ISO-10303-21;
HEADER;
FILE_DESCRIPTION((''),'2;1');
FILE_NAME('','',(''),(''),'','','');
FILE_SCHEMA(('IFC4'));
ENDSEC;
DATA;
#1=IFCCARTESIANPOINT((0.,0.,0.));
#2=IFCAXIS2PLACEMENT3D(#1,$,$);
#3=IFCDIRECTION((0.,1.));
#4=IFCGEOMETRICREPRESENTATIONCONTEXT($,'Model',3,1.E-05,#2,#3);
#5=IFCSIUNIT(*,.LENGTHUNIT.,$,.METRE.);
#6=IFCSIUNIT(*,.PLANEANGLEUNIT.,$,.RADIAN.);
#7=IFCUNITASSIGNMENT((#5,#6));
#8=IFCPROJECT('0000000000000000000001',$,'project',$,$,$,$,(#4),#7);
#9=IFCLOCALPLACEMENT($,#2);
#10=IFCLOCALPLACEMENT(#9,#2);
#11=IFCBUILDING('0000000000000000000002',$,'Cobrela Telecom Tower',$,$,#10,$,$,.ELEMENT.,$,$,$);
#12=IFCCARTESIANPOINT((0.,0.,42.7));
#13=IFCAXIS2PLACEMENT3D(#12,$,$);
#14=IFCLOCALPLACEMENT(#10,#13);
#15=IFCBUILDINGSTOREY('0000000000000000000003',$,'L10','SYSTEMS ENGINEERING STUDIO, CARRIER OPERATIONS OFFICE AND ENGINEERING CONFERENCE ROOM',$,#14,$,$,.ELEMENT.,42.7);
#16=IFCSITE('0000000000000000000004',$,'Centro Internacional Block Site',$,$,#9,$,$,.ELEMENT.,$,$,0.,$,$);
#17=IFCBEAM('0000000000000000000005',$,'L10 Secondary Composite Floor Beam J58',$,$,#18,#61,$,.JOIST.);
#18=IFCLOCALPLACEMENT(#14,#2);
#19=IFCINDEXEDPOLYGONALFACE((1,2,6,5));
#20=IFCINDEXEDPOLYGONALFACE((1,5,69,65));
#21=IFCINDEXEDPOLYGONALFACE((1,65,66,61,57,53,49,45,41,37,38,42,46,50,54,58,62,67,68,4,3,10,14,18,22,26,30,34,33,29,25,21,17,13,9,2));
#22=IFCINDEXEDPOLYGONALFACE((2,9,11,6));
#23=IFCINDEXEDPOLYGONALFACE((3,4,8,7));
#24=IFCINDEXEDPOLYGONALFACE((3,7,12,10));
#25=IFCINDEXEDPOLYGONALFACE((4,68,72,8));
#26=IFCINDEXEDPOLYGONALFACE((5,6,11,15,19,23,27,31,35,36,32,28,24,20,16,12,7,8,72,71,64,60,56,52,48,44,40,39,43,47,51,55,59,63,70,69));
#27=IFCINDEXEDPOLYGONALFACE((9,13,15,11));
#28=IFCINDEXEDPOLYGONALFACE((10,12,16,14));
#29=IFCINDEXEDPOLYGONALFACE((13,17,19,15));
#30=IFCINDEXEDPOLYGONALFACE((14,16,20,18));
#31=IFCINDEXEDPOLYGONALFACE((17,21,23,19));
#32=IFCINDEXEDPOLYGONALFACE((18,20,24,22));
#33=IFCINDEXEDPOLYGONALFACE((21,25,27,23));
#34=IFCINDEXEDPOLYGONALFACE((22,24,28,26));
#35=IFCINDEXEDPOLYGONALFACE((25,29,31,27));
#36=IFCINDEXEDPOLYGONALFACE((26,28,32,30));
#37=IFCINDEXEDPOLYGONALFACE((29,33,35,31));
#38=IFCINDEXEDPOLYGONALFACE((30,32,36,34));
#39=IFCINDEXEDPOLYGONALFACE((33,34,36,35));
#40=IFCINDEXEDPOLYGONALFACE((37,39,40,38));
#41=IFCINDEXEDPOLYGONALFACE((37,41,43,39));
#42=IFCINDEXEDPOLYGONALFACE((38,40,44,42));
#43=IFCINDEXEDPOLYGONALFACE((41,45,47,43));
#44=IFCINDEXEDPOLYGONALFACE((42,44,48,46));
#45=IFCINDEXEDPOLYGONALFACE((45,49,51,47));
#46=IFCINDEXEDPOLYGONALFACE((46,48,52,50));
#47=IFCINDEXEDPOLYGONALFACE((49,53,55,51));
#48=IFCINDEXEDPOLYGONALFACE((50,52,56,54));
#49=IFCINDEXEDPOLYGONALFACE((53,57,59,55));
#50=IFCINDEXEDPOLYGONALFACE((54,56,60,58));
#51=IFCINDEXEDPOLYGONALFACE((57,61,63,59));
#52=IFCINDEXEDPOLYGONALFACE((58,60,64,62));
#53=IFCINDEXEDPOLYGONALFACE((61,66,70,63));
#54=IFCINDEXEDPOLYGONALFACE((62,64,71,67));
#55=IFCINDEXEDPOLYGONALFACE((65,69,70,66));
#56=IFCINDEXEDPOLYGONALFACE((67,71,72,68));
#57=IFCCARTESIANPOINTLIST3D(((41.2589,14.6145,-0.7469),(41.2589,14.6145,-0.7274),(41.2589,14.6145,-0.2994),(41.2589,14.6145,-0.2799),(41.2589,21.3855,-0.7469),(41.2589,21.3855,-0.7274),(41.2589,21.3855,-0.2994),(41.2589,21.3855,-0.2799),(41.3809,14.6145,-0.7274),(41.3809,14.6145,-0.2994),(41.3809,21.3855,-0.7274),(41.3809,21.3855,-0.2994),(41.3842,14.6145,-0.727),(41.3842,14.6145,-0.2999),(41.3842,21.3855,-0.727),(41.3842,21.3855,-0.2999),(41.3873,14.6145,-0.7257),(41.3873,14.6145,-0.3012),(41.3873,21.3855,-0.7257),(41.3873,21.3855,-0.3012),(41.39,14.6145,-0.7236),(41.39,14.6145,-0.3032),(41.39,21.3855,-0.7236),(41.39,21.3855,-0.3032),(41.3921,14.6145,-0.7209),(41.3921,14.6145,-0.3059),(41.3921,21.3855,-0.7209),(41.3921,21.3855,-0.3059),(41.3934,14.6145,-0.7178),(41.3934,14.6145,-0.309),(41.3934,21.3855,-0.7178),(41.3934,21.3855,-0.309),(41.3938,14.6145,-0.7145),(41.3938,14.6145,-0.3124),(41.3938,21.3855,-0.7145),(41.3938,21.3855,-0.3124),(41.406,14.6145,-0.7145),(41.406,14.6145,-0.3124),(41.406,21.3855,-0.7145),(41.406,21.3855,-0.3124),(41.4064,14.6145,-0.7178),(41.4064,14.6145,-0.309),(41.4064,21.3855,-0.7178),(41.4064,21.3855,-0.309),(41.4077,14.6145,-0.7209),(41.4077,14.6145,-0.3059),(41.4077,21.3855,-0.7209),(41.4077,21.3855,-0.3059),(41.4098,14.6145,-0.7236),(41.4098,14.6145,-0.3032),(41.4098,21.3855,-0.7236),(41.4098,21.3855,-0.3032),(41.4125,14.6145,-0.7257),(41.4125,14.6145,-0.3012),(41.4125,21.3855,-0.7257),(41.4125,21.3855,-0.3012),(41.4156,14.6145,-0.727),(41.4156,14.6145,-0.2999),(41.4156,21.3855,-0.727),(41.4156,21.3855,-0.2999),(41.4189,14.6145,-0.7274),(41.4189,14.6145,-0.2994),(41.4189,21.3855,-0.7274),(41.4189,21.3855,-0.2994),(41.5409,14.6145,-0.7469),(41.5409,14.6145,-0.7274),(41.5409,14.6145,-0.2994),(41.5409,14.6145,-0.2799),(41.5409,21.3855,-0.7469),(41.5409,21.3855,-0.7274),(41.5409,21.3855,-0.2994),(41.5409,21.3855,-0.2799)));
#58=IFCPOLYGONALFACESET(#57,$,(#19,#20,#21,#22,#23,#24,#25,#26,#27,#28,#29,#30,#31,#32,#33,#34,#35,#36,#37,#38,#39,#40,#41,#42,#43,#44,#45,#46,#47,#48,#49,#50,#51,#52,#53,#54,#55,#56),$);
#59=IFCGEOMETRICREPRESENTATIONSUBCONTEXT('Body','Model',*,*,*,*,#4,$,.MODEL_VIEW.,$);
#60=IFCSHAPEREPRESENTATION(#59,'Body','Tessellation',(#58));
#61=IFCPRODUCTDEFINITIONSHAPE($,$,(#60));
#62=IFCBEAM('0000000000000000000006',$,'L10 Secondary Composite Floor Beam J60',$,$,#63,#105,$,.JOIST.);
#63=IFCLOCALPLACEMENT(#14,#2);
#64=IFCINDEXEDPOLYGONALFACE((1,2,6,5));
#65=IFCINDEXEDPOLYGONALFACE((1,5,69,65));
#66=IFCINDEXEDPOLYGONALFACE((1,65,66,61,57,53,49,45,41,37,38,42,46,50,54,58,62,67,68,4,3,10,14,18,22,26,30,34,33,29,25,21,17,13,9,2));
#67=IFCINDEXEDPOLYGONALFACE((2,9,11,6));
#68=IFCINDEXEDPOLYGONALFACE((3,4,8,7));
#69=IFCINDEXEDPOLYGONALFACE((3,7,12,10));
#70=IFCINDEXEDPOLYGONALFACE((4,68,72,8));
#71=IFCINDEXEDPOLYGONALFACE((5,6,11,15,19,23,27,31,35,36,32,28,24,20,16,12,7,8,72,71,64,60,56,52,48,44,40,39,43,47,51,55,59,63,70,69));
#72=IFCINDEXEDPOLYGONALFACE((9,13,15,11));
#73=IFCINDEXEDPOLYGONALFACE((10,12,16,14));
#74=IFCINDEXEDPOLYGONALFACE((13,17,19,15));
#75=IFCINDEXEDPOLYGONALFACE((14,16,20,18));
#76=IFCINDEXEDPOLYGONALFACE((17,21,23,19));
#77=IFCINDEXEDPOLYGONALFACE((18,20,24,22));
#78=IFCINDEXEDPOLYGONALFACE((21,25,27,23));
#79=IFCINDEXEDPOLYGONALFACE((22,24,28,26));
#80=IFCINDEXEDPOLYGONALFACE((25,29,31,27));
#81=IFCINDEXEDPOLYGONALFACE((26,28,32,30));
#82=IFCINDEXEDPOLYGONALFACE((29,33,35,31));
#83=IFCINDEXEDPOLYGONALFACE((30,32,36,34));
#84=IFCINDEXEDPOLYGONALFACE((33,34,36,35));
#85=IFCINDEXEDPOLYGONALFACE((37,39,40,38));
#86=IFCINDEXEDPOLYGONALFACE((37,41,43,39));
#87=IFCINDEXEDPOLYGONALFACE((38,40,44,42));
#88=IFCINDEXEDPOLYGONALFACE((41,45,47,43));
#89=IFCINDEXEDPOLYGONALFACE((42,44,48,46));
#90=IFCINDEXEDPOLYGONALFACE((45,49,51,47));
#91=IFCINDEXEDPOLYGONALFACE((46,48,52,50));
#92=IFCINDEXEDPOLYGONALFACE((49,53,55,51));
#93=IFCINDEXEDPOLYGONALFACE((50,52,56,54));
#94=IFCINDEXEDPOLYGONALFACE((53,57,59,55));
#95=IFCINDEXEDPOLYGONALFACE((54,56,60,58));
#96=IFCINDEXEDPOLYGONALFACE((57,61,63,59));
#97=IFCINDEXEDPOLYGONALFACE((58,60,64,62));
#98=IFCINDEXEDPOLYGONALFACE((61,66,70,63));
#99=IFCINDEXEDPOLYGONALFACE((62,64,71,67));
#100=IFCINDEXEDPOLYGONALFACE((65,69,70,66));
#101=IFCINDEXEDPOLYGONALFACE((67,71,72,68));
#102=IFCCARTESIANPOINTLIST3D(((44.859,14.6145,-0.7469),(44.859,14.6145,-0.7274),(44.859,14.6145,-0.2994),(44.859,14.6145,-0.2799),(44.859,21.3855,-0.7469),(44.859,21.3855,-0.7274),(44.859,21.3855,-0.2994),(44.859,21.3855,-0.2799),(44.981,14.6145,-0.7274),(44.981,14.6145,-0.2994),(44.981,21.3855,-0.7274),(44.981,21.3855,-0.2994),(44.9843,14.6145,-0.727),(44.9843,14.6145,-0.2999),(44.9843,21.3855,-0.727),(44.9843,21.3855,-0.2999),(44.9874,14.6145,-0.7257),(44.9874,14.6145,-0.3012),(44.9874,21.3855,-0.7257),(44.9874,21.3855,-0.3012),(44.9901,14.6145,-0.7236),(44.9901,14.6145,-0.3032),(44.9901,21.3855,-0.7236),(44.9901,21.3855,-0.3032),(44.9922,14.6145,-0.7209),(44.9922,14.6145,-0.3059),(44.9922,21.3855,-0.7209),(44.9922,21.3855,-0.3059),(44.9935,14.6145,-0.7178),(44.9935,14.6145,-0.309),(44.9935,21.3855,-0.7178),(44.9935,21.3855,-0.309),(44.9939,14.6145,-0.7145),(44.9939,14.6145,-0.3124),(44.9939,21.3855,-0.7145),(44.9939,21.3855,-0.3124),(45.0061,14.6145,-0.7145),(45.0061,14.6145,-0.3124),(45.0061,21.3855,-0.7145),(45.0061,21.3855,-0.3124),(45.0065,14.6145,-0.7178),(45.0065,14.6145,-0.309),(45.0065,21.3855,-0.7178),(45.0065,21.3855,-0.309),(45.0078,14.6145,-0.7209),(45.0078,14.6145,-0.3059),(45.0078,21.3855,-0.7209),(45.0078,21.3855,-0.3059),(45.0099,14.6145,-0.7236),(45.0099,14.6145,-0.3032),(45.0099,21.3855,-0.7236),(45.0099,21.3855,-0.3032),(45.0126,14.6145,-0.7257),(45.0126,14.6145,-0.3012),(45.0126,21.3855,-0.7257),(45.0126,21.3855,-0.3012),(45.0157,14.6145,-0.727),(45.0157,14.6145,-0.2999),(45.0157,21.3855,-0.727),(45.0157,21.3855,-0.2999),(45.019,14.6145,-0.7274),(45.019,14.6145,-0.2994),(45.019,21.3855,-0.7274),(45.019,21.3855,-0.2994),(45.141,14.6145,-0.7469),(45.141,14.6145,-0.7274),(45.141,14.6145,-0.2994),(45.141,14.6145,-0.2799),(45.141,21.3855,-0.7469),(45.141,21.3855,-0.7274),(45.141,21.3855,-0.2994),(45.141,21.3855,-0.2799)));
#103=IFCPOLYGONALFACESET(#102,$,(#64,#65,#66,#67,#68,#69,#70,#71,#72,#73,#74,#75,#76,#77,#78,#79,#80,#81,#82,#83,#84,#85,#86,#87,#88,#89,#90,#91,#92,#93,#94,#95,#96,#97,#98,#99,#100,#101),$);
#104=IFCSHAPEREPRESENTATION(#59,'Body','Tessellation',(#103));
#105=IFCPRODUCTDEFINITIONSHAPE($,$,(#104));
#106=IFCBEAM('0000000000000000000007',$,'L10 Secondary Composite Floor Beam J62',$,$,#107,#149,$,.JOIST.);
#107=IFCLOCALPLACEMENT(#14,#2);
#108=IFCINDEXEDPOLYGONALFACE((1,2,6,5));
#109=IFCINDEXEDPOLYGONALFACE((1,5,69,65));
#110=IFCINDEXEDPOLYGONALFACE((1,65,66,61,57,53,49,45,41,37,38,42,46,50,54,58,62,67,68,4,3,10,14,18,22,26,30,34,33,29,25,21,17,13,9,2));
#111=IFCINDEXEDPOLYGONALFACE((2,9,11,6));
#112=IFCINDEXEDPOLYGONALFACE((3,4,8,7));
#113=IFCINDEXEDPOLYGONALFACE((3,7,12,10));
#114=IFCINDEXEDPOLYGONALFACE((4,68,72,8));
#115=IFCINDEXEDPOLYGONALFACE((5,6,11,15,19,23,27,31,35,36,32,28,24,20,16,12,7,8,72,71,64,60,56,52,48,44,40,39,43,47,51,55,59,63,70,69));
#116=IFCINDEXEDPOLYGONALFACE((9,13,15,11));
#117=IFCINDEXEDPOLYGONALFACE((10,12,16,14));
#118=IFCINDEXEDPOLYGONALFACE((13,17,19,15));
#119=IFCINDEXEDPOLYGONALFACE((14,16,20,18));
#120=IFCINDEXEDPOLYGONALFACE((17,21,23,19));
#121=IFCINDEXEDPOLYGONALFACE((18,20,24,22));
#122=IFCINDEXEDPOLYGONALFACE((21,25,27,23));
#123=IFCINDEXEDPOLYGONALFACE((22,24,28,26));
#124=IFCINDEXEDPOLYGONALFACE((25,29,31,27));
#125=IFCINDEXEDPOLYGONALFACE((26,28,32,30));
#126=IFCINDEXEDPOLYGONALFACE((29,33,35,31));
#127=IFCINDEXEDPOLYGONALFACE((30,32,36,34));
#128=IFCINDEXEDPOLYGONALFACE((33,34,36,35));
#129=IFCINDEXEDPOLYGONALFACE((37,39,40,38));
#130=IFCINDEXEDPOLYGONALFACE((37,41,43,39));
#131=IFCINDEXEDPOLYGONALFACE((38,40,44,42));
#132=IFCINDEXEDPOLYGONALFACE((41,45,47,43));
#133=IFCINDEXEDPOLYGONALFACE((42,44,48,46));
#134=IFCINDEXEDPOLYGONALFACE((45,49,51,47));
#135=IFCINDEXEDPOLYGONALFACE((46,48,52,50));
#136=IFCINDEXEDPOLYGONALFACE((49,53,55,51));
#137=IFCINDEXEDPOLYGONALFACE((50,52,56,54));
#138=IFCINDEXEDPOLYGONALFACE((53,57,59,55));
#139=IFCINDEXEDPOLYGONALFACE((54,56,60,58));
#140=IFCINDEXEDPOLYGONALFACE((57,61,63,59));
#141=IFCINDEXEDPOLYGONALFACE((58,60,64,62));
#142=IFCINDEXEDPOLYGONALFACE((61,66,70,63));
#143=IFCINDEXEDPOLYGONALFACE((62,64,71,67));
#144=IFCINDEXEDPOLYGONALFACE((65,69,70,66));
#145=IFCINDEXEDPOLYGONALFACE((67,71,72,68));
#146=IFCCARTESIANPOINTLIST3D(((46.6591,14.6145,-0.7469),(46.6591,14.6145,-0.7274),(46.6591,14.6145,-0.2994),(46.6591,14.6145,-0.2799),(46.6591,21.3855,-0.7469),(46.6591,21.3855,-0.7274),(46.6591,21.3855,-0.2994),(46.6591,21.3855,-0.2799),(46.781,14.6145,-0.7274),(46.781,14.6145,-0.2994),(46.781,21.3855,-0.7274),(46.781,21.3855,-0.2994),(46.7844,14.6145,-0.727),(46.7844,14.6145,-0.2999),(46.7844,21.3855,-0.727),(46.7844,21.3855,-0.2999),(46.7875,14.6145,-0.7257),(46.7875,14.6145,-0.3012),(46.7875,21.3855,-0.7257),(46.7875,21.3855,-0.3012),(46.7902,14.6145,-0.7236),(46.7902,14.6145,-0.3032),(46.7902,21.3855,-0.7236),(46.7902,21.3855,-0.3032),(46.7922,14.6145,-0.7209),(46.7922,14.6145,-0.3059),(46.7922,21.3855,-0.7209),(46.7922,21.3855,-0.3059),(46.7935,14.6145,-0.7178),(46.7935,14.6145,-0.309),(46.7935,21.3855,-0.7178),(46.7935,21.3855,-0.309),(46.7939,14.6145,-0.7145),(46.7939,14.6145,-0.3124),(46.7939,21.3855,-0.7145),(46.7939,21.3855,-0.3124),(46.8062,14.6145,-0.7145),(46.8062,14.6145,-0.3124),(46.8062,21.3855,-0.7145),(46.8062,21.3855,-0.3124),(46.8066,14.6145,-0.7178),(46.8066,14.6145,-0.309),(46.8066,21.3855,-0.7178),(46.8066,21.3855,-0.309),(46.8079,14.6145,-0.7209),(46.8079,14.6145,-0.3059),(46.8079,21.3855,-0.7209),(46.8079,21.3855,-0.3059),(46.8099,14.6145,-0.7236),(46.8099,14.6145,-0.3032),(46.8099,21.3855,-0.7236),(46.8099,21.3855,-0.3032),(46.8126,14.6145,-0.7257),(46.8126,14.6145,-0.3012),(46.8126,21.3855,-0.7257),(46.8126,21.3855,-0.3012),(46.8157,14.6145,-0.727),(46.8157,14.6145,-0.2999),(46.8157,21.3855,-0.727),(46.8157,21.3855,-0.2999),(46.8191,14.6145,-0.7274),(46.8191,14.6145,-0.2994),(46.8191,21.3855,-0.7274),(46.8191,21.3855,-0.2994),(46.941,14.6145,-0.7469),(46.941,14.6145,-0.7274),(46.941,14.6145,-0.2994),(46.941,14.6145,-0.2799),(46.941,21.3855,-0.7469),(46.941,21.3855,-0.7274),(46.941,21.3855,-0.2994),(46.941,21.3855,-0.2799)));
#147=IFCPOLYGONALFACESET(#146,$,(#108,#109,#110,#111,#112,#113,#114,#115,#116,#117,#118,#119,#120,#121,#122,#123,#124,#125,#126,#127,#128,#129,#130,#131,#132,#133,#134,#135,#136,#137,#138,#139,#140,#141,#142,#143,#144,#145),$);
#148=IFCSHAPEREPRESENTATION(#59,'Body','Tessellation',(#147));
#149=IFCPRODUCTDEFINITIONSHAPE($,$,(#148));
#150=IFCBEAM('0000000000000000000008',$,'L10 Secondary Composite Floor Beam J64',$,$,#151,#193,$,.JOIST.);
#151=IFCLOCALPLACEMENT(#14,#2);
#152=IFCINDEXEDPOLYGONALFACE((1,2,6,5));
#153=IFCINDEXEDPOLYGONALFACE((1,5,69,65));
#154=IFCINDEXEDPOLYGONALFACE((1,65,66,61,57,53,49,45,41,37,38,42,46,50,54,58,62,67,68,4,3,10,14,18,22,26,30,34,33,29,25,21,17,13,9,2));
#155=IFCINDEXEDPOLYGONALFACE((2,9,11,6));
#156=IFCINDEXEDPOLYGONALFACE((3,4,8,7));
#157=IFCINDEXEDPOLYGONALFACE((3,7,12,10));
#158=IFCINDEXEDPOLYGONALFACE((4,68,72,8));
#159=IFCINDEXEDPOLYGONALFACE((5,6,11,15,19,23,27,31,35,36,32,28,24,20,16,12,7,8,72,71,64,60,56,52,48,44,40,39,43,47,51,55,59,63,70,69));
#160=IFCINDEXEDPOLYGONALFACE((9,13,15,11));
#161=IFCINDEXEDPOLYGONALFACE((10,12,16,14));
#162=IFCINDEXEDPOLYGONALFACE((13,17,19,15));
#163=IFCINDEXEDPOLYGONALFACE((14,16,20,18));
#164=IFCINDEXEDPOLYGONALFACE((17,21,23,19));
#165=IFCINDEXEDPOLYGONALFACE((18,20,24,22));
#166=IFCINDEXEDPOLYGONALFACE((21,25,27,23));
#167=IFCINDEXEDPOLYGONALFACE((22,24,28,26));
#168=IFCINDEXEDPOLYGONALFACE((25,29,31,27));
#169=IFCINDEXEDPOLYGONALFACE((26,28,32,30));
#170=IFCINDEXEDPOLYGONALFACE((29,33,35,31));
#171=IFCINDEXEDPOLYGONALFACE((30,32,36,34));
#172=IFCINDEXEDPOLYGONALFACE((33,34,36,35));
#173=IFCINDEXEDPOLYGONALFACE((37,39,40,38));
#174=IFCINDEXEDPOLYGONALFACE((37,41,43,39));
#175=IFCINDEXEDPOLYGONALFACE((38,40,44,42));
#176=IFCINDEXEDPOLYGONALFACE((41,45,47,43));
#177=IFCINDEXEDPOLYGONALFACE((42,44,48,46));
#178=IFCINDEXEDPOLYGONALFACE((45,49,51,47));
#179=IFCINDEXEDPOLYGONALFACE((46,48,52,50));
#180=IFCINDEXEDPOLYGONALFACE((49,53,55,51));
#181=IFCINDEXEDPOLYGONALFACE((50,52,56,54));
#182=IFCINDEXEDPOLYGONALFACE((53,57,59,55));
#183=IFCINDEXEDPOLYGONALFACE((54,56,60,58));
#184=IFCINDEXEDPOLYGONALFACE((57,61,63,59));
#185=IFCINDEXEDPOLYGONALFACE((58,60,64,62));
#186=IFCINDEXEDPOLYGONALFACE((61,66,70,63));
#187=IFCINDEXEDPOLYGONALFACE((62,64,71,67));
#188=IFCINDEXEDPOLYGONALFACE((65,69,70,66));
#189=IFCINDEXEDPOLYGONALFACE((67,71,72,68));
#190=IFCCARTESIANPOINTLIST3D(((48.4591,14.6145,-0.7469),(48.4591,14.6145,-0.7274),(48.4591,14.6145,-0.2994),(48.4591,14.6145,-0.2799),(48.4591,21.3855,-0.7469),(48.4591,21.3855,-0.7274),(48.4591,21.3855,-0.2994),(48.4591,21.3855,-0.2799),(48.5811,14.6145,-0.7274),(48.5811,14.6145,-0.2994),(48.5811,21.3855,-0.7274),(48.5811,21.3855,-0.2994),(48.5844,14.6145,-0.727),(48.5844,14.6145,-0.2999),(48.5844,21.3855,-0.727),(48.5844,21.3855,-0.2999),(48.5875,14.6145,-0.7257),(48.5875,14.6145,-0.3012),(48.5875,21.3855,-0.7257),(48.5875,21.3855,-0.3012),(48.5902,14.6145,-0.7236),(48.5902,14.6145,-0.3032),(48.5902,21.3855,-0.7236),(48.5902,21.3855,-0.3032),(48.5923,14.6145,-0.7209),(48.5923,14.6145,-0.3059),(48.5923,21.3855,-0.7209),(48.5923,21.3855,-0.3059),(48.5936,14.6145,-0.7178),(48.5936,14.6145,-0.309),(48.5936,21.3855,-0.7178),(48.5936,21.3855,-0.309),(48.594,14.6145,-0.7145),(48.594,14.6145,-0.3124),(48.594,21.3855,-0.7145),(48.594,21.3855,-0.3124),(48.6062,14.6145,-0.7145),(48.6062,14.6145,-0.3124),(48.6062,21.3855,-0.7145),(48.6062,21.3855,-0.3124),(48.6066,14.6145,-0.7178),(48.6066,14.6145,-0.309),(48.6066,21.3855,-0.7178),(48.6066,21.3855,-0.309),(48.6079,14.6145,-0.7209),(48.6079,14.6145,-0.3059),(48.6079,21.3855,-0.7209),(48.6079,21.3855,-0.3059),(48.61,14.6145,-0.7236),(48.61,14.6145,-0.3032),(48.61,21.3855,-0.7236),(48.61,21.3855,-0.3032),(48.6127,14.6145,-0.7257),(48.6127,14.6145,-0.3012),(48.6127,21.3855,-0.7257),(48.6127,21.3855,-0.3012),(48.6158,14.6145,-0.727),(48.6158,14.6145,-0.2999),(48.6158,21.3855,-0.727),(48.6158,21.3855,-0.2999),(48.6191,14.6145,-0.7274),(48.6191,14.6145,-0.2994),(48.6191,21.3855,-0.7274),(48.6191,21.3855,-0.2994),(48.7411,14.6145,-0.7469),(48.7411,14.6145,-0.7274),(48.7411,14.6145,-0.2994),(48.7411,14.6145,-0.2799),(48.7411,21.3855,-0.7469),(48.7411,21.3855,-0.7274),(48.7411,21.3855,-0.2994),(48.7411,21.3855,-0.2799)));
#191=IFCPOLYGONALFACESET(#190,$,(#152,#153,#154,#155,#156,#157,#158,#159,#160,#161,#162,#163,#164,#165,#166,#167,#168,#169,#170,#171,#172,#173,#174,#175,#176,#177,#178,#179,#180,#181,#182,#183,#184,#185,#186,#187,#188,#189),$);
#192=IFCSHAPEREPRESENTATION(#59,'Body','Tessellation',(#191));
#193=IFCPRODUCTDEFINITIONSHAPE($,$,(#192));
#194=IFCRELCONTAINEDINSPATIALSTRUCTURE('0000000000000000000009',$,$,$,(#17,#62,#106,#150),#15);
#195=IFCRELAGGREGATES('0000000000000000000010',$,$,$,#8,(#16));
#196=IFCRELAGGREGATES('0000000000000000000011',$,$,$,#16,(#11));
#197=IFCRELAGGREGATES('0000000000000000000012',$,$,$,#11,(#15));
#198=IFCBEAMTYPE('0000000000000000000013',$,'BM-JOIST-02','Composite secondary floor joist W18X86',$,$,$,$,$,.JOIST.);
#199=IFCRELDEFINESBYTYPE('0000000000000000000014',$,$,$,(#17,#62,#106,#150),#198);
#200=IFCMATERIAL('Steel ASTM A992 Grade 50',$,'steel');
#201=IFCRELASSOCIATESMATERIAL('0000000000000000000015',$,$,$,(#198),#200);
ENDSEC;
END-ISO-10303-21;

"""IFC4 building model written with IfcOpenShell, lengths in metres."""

from ifc_helpers import new_model, si_unit, direction, frame, origin, origin_2d, place, context, subcontext, project, spatial, i_section, extrude, material, material_profile, profile_set, type_object, element, save


model = new_model("IFC4")

# Units and contexts
model_context = context("Model", 3, precision=1e-05, world=origin(), true_north=direction((0.0, 1.0)))
body_context = subcontext(model_context, "Body", "Model", "MODEL_VIEW")
ifc_project = project(units=[si_unit("LENGTHUNIT", "METRE"), si_unit("PLANEANGLEUNIT", "RADIAN")], contexts=[model_context])

# Site, building, storey
site_placement = place(None, origin())
site = spatial("IfcSite", under=ifc_project, at=site_placement, Name="Centro Internacional Block Site", CompositionType="ELEMENT", RefElevation=0.0)
building_placement = place(site_placement, origin())
building = spatial("IfcBuilding", under=site, at=building_placement, Name="Cobrela Telecom Tower", CompositionType="ELEMENT")
storey_placement = place(building_placement, frame((0.0, 0.0, 42.7)))
storey = spatial("IfcBuildingStorey", under=building, at=storey_placement, Name="L10", Description="SYSTEMS ENGINEERING STUDIO, CARRIER OPERATIONS OFFICE AND ENGINEERING CONFERENCE ROOM", CompositionType="ELEMENT", Elevation=42.7)

# Shared definitions
ifc_material_1 = material(Name="Steel ASTM A992 Grade 50", Category="steel")

# Beams
ifc_material_profile_1 = material_profile(ifc_material_1, i_section(OverallWidth=0.282, OverallDepth=0.467, WebThickness=0.0122, FlangeThickness=0.0195, FilletRadius=0.0129, at=origin_2d()), Name="W18X86")
ifc_profile_set_1 = profile_set([ifc_material_profile_1], Name="Steel ASTM A992 Grade 50")
beam_type_1 = type_object("IfcBeamType", Name="BM-JOIST-02", Description="Composite secondary floor joist W18X86", PredefinedType="JOIST", material=ifc_profile_set_1)
for number, where, z_axis, x_axis, name in (
    (1, (41.3999, 14.6145, -0.5134), (0.0, 1.0, 0.0), (-1.0, 0.0, 0.0), "L10 Secondary Composite Floor Beam J58"),
    (2, (45.0, 14.6145, -0.5134), (0.0, 1.0, 0.0), (-1.0, 0.0, 0.0), "L10 Secondary Composite Floor Beam J60"),
    (3, (46.8, 14.6145, -0.5134), (0.0, 1.0, 0.0), (-1.0, 0.0, 0.0), "L10 Secondary Composite Floor Beam J62"),
    (4, (48.6001, 14.6145, -0.5134), (0.0, 1.0, 0.0), (-1.0, 0.0, 0.0), "L10 Secondary Composite Floor Beam J64"),
):
    element("IfcBeam", number, at=place(storey_placement, frame(where, z_axis=z_axis, x_axis=x_axis)), inside=storey, type_object=beam_type_1, Name=name, PredefinedType="JOIST", context=body_context, shape_type="SweptSolid", body=[
        extrude(i_section(OverallWidth=0.282, OverallDepth=0.467, WebThickness=0.0122, FlangeThickness=0.0195, FilletRadius=0.0129, at=origin_2d()), origin(), (0.0, 0.0, 1.0), 6.771),
    ])

save(model, "model.ifc")
